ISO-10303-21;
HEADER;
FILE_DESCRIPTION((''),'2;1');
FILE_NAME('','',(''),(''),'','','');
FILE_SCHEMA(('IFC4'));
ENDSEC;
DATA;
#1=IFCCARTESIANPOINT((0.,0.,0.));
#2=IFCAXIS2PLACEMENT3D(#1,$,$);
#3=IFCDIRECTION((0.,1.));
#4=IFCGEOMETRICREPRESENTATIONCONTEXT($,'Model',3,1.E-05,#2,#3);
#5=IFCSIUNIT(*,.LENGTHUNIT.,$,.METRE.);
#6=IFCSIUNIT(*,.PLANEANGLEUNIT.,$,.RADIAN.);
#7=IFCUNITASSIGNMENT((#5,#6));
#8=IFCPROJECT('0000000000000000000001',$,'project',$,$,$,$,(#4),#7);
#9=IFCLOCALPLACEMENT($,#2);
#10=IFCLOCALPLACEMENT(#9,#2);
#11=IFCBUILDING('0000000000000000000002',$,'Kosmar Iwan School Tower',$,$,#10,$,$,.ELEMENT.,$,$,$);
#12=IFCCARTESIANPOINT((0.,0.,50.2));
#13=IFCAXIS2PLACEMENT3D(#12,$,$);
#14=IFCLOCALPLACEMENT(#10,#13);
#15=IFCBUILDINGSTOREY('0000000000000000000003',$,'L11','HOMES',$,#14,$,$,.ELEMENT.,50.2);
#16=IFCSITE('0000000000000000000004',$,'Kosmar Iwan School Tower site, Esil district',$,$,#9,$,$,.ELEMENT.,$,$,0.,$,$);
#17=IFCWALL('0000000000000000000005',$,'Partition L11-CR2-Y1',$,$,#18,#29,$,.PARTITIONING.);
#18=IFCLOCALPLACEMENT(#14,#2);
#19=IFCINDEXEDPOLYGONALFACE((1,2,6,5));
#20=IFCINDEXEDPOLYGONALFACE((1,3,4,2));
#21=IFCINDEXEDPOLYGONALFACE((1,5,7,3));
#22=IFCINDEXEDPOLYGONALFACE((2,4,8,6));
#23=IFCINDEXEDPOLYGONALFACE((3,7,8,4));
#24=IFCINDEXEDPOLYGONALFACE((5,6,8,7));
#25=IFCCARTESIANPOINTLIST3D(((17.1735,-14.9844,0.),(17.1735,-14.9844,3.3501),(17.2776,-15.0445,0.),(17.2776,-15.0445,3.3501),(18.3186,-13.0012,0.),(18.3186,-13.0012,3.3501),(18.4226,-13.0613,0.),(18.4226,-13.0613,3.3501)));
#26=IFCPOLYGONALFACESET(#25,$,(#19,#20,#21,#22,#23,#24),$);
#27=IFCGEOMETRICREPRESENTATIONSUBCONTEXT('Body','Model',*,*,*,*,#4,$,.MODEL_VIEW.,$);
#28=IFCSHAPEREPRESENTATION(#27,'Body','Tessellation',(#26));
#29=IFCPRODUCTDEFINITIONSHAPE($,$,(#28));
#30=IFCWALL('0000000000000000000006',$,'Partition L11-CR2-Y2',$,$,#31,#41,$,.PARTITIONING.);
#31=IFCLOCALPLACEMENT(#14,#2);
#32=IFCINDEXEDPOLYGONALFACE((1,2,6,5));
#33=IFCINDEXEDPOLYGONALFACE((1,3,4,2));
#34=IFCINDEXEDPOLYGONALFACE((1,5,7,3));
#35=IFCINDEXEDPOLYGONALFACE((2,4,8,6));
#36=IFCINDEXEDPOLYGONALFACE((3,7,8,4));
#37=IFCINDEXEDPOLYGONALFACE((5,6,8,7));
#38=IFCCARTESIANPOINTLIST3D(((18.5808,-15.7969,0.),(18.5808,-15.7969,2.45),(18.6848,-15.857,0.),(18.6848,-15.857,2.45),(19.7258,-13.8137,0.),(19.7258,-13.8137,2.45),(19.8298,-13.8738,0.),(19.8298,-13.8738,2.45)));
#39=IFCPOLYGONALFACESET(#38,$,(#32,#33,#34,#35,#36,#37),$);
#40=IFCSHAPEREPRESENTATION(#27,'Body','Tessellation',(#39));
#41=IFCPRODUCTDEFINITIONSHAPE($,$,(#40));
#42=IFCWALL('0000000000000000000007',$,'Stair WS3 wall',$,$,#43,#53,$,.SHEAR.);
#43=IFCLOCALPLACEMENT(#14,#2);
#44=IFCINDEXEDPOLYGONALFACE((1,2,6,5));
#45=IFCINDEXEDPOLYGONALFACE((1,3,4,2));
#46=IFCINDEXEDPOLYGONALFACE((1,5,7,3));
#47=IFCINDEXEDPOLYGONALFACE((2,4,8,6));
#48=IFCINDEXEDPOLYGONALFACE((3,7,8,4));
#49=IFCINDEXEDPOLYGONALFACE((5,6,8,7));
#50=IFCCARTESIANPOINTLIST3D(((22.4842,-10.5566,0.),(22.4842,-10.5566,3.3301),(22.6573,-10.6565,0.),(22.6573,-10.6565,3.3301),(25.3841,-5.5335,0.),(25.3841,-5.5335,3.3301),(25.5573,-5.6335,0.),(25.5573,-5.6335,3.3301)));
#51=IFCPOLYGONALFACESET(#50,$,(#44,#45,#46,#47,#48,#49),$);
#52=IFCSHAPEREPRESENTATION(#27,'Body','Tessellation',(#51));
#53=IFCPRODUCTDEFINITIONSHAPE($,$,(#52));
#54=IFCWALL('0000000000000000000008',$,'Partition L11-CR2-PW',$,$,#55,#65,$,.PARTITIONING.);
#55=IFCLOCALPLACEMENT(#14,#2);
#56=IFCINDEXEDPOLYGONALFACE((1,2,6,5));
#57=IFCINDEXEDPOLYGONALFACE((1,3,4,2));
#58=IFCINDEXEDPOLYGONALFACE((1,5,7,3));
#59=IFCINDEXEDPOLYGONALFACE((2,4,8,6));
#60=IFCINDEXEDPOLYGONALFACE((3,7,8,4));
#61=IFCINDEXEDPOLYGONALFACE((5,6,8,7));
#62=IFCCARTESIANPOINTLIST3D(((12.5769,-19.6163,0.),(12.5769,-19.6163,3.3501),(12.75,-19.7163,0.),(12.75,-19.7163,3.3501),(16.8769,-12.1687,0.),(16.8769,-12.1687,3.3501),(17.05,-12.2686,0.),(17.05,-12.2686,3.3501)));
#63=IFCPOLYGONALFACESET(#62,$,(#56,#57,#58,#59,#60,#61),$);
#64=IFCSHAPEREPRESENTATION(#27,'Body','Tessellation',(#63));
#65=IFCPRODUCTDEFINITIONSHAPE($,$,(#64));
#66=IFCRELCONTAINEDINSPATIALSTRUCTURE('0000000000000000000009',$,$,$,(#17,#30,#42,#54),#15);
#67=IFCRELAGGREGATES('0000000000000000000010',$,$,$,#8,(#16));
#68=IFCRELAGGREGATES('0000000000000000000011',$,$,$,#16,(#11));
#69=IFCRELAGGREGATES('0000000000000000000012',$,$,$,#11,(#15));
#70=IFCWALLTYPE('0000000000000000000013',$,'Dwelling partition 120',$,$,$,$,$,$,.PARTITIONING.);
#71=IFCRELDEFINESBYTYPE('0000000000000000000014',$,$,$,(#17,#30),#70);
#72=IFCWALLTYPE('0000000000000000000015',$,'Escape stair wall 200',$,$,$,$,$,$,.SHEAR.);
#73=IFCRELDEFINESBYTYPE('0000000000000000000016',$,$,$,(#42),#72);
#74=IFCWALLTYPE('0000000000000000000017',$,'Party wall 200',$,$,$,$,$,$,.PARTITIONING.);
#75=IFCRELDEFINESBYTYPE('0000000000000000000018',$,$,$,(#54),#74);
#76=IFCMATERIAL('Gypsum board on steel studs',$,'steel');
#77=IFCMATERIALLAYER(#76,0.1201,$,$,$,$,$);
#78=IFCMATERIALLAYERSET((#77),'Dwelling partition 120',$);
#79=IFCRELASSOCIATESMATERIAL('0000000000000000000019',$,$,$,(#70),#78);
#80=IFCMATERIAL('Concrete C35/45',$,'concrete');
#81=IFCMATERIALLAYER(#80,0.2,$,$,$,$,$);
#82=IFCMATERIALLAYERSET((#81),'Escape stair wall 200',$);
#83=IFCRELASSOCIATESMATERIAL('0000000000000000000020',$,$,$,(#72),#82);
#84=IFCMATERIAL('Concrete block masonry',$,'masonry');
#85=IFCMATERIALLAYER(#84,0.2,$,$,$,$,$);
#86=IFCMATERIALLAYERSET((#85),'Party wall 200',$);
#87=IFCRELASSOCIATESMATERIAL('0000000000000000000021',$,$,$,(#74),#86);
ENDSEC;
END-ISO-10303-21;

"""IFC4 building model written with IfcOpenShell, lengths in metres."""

from ifc_helpers import new_model, si_unit, direction, frame, frame_2d, origin, place, context, subcontext, project, spatial, rectangle, extrude, material, layer, layer_set, type_object, element, save


model = new_model("IFC4")

# Units and contexts
model_context = context("Model", 3, precision=1e-05, world=origin(), true_north=direction((0.0, 1.0)))
body_context = subcontext(model_context, "Body", "Model", "MODEL_VIEW")
ifc_project = project(units=[si_unit("LENGTHUNIT", "METRE"), si_unit("PLANEANGLEUNIT", "RADIAN")], contexts=[model_context])

# Site, building, storey
site_placement = place(None, origin())
site = spatial("IfcSite", under=ifc_project, at=site_placement, Name="Kosmar Iwan School Tower site, Esil district", CompositionType="ELEMENT", RefElevation=0.0)
building_placement = place(site_placement, origin())
building = spatial("IfcBuilding", under=site, at=building_placement, Name="Kosmar Iwan School Tower", CompositionType="ELEMENT")
storey_placement = place(building_placement, frame((0.0, 0.0, 50.2)))
storey = spatial("IfcBuildingStorey", under=building, at=storey_placement, Name="L11", Description="HOMES", CompositionType="ELEMENT", Elevation=50.2)

# Shared definitions
ifc_material_1 = material(Name="Gypsum board on steel studs", Category="steel")
ifc_layer_1 = layer(ifc_material_1, 0.1201)
ifc_layer_set_1 = layer_set([ifc_layer_1], Name="Dwelling partition 120")
wall_type_1 = type_object("IfcWallType", Name="Dwelling partition 120", PredefinedType="PARTITIONING", material=ifc_layer_set_1)

# Walls
wall_1_placement = place(storey_placement, frame((18.3706, -13.0312, 0.0), z_axis=(0.0, 0.0, 1.0), x_axis=(-0.500015, -0.866017, 0.0)))
element("IfcWall", 1, at=wall_1_placement, inside=storey, type_object=wall_type_1, Name="Partition L11-CR2-Y1", PredefinedType="PARTITIONING", context=body_context, shape_type="SweptSolid", body=[
    extrude(rectangle(XDim=2.29, YDim=0.1201, at=frame_2d((1.145, 0.0))), origin(), (0.0, 0.0, 1.0), 3.3501),
])
wall_2_placement = place(storey_placement, frame((19.7778, -13.8438, 0.0), z_axis=(0.0, 0.0, 1.0), x_axis=(-0.500015, -0.866017, 0.0)))
element("IfcWall", 2, at=wall_2_placement, inside=storey, type_object=wall_type_1, Name="Partition L11-CR2-Y2", PredefinedType="PARTITIONING", context=body_context, shape_type="SweptSolid", body=[
    extrude(rectangle(XDim=2.29, YDim=0.1201, at=frame_2d((1.145, 0.0))), origin(), (0.0, 0.0, 1.0), 2.45),
])
ifc_material_2 = material(Name="Concrete C35/45", Category="concrete")
ifc_layer_2 = layer(ifc_material_2, 0.2)
ifc_layer_set_2 = layer_set([ifc_layer_2], Name="Escape stair wall 200")
wall_type_2 = type_object("IfcWallType", Name="Escape stair wall 200", PredefinedType="SHEAR", material=ifc_layer_set_2)
wall_3_placement = place(storey_placement, frame((22.5708, -10.6064, 0.0), z_axis=(0.0, 0.0, 1.0), x_axis=(0.499987, 0.866033, 0.0)))
element("IfcWall", 3, at=wall_3_placement, inside=storey, type_object=wall_type_2, Name="Stair WS3 wall", PredefinedType="SHEAR", context=body_context, shape_type="SweptSolid", body=[
    extrude(rectangle(XDim=5.8, YDim=0.2, at=frame_2d((2.8999, 0.0))), origin(), (0.0, 0.0, 1.0), 3.3301),
])
ifc_material_3 = material(Name="Concrete block masonry", Category="masonry")
ifc_layer_3 = layer(ifc_material_3, 0.2)
ifc_layer_set_3 = layer_set([ifc_layer_3], Name="Party wall 200")
wall_type_3 = type_object("IfcWallType", Name="Party wall 200", PredefinedType="PARTITIONING", material=ifc_layer_set_3)
wall_4_placement = place(storey_placement, frame((16.9634, -12.2188, 0.0), z_axis=(0.0, 0.0, 1.0), x_axis=(-0.500008, -0.866021, 0.0)))
element("IfcWall", 4, at=wall_4_placement, inside=storey, type_object=wall_type_3, Name="Partition L11-CR2-PW", PredefinedType="PARTITIONING", context=body_context, shape_type="SweptSolid", body=[
    extrude(rectangle(XDim=8.5999, YDim=0.2, at=frame_2d((4.2998, 0.0))), origin(), (0.0, 0.0, 1.0), 3.3501),
])

save(model, "model.ifc")
